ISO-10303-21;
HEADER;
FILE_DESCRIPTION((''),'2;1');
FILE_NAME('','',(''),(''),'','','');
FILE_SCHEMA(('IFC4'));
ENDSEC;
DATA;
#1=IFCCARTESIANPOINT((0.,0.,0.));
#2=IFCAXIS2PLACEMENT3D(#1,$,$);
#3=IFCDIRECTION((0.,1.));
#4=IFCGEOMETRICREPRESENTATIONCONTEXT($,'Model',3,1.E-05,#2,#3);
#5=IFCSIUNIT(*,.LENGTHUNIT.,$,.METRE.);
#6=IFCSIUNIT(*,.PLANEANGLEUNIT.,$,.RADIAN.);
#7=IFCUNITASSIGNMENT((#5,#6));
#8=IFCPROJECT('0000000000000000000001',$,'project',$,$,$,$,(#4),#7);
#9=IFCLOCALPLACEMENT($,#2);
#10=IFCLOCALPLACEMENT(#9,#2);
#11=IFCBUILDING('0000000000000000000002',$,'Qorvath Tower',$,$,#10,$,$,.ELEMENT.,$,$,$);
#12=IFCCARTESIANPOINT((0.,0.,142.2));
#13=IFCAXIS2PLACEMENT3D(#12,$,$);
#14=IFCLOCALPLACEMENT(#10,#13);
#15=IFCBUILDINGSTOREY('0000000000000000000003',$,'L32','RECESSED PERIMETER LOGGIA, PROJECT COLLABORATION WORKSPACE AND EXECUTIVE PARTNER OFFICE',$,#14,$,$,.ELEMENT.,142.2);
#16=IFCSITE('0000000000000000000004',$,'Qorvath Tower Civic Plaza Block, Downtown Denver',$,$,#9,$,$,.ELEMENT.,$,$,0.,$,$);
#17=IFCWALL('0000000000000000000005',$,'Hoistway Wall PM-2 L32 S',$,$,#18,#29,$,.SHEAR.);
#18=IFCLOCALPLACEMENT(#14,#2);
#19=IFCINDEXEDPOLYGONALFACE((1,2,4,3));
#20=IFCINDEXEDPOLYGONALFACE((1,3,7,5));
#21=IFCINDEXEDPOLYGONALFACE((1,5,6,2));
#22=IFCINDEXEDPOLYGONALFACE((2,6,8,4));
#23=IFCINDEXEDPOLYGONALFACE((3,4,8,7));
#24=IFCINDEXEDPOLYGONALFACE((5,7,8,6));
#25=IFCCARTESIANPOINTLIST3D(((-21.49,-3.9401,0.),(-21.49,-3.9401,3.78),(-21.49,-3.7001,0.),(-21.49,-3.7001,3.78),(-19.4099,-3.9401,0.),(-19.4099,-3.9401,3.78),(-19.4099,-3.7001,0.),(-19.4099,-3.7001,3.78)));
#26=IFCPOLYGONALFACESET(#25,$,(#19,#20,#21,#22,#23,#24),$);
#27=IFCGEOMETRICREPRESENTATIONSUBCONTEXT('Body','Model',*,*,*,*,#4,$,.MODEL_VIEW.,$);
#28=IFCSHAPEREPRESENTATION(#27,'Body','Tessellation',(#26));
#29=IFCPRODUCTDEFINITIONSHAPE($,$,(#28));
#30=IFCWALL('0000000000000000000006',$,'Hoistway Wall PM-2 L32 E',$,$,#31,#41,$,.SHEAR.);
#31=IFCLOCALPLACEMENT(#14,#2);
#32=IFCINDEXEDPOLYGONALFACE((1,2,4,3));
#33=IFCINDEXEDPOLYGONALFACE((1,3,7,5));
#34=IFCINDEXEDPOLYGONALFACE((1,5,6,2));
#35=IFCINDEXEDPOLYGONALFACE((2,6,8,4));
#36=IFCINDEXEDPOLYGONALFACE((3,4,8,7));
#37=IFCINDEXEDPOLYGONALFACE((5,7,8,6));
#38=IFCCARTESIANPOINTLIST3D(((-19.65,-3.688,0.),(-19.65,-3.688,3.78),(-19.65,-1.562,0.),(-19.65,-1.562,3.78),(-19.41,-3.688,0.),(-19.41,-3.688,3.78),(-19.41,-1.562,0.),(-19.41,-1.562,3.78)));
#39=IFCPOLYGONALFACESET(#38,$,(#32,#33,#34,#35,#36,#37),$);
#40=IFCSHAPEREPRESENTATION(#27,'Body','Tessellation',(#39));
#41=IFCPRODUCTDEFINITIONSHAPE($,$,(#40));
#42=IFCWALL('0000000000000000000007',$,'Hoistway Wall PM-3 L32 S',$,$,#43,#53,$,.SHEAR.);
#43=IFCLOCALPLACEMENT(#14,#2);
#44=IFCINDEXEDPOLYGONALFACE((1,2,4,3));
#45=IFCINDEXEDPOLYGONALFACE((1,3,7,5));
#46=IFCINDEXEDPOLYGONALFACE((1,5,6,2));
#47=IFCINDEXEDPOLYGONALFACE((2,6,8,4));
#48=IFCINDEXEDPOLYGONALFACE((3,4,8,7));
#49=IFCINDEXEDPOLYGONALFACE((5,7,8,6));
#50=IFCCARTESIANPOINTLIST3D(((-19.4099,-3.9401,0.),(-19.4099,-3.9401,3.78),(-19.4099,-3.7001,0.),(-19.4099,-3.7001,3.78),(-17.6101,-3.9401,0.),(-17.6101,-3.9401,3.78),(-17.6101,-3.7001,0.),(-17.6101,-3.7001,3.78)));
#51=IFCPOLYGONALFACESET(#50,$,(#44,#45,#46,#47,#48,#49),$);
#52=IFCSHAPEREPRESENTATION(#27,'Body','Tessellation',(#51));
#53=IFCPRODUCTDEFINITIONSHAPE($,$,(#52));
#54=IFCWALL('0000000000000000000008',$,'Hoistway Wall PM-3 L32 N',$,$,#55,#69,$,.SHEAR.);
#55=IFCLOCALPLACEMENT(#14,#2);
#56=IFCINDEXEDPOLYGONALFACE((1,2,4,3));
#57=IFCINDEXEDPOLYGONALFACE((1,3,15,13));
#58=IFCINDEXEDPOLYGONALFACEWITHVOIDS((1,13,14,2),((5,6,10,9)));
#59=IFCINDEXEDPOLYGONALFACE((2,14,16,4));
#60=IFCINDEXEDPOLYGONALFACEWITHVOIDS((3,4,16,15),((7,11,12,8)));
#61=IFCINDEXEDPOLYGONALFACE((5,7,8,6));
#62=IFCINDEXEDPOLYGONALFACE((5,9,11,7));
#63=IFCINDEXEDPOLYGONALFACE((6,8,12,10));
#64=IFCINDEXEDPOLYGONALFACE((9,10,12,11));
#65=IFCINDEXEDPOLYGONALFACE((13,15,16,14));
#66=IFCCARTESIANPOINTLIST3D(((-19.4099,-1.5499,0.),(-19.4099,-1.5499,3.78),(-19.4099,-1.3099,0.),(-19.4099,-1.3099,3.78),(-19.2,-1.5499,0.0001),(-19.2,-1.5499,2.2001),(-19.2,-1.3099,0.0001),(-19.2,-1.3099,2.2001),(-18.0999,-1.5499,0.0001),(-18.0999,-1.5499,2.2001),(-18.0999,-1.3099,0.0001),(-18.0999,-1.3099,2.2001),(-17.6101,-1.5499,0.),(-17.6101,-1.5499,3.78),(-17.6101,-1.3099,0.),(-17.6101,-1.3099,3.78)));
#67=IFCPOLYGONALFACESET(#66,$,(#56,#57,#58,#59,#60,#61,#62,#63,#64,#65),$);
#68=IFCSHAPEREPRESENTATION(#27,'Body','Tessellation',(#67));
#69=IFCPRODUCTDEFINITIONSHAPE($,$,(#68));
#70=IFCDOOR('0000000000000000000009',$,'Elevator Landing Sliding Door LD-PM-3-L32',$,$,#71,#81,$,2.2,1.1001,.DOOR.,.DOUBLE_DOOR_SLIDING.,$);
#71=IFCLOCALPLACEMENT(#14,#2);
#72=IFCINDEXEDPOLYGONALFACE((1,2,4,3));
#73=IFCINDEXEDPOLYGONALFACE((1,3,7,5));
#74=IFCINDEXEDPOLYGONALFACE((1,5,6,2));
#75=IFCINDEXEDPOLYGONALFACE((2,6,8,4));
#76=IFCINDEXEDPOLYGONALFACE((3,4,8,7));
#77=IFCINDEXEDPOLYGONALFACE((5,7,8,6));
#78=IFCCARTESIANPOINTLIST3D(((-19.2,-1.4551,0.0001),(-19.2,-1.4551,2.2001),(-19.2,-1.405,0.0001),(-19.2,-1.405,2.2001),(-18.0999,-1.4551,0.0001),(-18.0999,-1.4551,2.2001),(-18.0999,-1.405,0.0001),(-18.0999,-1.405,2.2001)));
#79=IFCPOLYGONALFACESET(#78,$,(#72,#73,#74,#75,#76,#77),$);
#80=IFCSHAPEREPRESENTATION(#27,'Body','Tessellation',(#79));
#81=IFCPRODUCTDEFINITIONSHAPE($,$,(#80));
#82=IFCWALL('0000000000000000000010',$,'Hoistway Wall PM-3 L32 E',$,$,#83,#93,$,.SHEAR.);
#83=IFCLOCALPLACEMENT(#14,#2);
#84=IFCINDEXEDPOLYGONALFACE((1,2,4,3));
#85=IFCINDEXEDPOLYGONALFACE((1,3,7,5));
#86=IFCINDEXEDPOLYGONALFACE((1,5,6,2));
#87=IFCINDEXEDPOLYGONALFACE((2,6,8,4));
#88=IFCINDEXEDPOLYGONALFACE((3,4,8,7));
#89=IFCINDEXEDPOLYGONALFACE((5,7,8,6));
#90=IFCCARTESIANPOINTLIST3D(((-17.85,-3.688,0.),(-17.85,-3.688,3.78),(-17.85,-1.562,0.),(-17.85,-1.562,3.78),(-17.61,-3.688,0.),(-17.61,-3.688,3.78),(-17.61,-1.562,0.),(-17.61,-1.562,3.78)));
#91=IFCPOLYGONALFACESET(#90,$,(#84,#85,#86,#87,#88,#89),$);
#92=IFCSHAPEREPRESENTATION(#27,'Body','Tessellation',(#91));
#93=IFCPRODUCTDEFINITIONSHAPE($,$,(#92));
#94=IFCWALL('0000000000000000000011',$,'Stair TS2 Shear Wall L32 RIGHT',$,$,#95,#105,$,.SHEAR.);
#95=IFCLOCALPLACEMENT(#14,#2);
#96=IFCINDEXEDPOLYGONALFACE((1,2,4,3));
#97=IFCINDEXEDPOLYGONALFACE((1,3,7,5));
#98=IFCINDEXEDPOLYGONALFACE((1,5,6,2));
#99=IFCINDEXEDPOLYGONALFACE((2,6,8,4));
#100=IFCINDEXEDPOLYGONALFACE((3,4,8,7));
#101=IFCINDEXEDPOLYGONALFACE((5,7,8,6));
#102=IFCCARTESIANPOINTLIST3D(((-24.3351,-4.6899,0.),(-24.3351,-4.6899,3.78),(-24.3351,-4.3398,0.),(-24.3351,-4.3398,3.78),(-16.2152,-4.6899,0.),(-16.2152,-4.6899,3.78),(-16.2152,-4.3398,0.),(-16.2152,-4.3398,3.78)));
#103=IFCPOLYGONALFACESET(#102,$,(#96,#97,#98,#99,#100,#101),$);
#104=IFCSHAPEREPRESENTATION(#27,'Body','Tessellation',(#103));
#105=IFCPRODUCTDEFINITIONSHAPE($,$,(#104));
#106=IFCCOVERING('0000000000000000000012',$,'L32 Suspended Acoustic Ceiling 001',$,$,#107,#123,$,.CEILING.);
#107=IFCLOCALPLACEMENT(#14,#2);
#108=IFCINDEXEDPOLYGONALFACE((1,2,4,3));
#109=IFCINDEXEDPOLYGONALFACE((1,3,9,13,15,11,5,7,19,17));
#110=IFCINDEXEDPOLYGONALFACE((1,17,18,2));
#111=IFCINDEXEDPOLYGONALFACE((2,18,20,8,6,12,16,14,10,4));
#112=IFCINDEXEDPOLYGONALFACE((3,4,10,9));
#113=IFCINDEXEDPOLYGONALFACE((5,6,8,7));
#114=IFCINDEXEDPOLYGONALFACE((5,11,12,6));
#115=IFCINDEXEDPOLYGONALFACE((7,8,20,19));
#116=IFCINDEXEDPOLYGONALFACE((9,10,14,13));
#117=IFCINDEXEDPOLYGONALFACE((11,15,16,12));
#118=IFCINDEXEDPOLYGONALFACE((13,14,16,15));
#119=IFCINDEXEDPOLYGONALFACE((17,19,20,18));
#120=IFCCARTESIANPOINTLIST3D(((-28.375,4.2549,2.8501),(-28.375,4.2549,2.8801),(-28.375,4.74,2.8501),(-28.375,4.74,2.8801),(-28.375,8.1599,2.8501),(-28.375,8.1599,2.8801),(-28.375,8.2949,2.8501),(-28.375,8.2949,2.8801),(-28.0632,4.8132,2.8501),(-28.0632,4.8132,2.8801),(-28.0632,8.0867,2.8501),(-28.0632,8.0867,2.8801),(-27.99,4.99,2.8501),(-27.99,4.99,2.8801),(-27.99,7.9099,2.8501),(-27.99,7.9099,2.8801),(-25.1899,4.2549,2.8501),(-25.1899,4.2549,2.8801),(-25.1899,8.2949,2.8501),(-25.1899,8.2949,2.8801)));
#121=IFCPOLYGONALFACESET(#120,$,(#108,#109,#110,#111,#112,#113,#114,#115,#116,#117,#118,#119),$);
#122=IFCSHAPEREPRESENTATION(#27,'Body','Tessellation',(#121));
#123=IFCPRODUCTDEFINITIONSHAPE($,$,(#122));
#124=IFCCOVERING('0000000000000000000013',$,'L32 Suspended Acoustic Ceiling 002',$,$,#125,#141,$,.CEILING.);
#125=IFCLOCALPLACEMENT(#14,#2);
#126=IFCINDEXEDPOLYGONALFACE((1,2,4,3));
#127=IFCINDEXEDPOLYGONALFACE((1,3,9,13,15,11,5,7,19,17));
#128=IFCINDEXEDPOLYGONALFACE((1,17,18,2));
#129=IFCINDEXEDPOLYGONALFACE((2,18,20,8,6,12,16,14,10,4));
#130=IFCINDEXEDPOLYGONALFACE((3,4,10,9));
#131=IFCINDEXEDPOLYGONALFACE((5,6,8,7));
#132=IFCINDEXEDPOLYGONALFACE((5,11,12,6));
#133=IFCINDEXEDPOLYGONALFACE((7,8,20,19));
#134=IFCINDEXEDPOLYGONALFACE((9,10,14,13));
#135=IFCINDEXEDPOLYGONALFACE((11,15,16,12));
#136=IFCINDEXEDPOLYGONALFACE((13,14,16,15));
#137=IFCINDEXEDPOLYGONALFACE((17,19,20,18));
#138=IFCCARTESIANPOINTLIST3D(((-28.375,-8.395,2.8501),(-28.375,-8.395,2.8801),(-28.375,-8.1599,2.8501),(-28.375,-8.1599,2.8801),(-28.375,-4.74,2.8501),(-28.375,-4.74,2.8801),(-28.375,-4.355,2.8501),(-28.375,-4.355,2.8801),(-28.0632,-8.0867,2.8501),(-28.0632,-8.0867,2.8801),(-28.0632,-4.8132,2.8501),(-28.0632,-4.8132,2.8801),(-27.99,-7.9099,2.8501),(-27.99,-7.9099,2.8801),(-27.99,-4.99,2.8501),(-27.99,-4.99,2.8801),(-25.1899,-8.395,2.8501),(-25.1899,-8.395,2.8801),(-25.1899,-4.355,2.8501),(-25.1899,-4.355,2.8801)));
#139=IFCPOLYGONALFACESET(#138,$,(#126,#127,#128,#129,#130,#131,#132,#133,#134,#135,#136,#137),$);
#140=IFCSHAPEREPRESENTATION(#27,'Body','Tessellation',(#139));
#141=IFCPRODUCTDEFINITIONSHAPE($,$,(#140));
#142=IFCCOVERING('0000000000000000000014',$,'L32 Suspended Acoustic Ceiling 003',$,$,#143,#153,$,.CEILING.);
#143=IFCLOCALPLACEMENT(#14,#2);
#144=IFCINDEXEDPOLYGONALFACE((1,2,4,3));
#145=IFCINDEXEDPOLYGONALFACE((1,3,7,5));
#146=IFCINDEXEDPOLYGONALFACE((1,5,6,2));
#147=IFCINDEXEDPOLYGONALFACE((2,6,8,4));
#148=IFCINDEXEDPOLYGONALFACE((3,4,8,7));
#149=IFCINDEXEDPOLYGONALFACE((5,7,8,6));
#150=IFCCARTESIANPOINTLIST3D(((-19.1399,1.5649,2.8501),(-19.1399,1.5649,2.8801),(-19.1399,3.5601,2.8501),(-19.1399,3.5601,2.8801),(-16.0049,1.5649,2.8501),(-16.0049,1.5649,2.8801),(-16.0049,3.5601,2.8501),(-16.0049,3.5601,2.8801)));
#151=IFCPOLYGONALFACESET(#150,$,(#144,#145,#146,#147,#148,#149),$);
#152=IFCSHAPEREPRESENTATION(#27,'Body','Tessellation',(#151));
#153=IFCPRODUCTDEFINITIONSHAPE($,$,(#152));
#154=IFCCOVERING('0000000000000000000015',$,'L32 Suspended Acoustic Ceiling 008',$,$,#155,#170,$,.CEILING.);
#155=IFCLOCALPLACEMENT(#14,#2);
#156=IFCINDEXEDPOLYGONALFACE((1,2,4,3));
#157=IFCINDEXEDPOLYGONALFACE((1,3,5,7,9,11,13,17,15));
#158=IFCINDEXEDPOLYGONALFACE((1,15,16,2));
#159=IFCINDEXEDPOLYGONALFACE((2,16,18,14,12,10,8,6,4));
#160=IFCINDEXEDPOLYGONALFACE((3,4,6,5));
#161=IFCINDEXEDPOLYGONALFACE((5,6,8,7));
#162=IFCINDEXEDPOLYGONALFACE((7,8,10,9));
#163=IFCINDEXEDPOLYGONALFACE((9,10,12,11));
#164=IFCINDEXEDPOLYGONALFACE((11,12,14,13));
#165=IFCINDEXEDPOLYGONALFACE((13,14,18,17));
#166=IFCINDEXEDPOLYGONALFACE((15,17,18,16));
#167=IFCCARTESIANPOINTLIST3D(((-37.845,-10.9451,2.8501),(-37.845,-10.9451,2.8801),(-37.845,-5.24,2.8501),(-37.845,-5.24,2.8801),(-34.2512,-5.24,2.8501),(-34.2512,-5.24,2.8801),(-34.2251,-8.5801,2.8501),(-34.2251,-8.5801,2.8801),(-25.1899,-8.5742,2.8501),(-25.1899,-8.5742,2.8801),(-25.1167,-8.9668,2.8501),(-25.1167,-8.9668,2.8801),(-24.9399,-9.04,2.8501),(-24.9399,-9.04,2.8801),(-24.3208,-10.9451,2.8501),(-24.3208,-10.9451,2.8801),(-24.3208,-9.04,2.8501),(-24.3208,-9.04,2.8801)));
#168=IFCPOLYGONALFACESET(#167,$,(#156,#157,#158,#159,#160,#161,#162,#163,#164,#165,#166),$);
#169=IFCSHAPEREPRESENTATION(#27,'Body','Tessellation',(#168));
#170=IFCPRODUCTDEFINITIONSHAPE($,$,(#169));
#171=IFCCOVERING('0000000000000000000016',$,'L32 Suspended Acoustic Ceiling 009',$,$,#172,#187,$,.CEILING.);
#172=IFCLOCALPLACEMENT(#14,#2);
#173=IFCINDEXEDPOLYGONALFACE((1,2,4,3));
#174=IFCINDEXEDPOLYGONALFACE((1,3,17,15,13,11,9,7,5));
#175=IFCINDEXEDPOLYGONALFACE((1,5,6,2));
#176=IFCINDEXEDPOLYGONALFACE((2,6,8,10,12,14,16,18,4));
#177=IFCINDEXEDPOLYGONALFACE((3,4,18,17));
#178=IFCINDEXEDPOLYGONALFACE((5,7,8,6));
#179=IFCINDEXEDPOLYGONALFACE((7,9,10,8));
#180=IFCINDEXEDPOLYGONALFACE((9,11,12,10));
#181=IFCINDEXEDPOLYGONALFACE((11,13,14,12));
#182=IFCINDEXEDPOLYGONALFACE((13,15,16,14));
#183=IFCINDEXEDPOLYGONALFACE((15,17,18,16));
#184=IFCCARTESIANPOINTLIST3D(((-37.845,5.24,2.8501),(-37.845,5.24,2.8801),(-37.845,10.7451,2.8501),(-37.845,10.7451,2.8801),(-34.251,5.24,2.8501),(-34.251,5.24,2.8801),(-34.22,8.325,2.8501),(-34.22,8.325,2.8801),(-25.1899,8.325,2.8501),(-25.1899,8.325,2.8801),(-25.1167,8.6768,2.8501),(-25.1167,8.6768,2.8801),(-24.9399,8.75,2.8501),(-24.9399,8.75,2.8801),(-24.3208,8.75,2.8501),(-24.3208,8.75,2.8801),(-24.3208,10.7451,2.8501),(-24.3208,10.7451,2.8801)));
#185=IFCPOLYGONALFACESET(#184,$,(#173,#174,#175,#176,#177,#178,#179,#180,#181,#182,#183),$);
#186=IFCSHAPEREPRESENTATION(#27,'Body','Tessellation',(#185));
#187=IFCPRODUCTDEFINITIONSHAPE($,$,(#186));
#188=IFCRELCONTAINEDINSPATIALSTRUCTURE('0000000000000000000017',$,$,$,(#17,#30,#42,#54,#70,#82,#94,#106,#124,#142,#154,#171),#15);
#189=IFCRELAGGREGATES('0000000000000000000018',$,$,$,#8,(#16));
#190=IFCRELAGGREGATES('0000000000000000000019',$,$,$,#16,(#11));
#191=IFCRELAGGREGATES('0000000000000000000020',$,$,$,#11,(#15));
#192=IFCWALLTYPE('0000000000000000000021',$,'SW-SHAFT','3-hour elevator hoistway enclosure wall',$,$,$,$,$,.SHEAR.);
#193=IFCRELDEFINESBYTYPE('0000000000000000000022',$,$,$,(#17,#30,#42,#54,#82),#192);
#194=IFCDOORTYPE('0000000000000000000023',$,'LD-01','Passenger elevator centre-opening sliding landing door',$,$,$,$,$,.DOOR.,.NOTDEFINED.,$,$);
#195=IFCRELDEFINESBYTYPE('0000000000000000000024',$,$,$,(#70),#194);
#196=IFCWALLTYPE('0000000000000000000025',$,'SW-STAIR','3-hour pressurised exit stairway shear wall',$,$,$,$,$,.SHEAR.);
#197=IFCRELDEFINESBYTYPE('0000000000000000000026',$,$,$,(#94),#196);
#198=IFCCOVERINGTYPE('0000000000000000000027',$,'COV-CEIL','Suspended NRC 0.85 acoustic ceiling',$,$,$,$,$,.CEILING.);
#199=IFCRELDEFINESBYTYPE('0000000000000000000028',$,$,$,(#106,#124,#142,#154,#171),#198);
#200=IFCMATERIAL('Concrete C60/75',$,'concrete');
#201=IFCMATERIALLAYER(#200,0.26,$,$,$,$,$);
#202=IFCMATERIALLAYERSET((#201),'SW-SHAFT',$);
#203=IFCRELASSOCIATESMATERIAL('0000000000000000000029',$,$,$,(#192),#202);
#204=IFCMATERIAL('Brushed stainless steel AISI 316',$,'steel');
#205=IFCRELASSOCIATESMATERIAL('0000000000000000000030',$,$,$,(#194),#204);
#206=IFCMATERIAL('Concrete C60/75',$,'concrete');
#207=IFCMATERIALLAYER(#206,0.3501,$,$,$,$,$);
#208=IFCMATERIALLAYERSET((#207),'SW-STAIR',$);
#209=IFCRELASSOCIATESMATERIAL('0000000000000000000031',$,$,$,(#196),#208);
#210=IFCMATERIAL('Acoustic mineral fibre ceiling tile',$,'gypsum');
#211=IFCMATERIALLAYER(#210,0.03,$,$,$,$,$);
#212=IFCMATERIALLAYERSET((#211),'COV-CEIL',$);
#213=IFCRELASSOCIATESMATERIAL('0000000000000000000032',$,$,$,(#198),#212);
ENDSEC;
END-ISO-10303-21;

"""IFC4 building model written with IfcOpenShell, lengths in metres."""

from ifc_helpers import new_model, si_unit, direction, frame, frame_2d, origin, place, context, subcontext, project, spatial, polyline, rectangle, outline, extrude, material, layer, layer_set, type_object, element, fill, save


model = new_model("IFC4")

# Units and contexts
model_context = context("Model", 3, precision=1e-05, world=origin(), true_north=direction((0.0, 1.0)))
body_context = subcontext(model_context, "Body", "Model", "MODEL_VIEW")
ifc_project = project(units=[si_unit("LENGTHUNIT", "METRE"), si_unit("PLANEANGLEUNIT", "RADIAN")], contexts=[model_context])

# Site, building, storey
site_placement = place(None, origin())
site = spatial("IfcSite", under=ifc_project, at=site_placement, Name="Qorvath Tower Civic Plaza Block, Downtown Denver", CompositionType="ELEMENT", RefElevation=0.0)
building_placement = place(site_placement, origin())
building = spatial("IfcBuilding", under=site, at=building_placement, Name="Qorvath Tower", CompositionType="ELEMENT")
storey_placement = place(building_placement, frame((0.0, 0.0, 142.2)))
storey = spatial("IfcBuildingStorey", under=building, at=storey_placement, Name="L32", Description="RECESSED PERIMETER LOGGIA, PROJECT COLLABORATION WORKSPACE AND EXECUTIVE PARTNER OFFICE", CompositionType="ELEMENT", Elevation=142.2)

# Walls
ifc_material_1 = material(Name="Concrete C60/75", Category="concrete")
ifc_layer_1 = layer(ifc_material_1, 0.26)
ifc_layer_set_1 = layer_set([ifc_layer_1], Name="SW-SHAFT")
wall_type_1 = type_object("IfcWallType", Name="SW-SHAFT", Description="3-hour elevator hoistway enclosure wall", PredefinedType="SHEAR", material=ifc_layer_set_1)
wall_1_placement = place(storey_placement, frame((-19.4099, -3.8201, 0.0), z_axis=(0.0, 0.0, 1.0), x_axis=(-1.0, 0.0, 0.0)))
element("IfcWall", 1, at=wall_1_placement, inside=storey, type_object=wall_type_1, Name="Hoistway Wall PM-2 L32 S", PredefinedType="SHEAR", context=body_context, shape_type="SweptSolid", body=[
    extrude(rectangle(XDim=2.0801, YDim=0.24, at=frame_2d((1.04, 0.0))), origin(), (0.0, 0.0, 1.0), 3.78),
])
wall_2_placement = place(storey_placement, frame((-19.53, -1.562, 0.0), z_axis=(0.0, 0.0, 1.0), x_axis=(0.0, -1.0, 0.0)))
element("IfcWall", 2, at=wall_2_placement, inside=storey, type_object=wall_type_1, Name="Hoistway Wall PM-2 L32 E", PredefinedType="SHEAR", context=body_context, shape_type="SweptSolid", body=[
    extrude(rectangle(XDim=2.126, YDim=0.24, at=frame_2d((1.063, 0.0))), origin(), (0.0, 0.0, 1.0), 3.78),
])
wall_3_placement = place(storey_placement, frame((-17.6101, -3.8201, 0.0), z_axis=(0.0, 0.0, 1.0), x_axis=(-1.0, 0.0, 0.0)))
element("IfcWall", 3, at=wall_3_placement, inside=storey, type_object=wall_type_1, Name="Hoistway Wall PM-3 L32 S", PredefinedType="SHEAR", context=body_context, shape_type="SweptSolid", body=[
    extrude(rectangle(XDim=1.7998, YDim=0.24, at=frame_2d((0.8999, 0.0))), origin(), (0.0, 0.0, 1.0), 3.78),
])

# Wall, opening, door
wall_4_placement = place(storey_placement, frame((-19.4099, -1.4299, 0.0), z_axis=(0.0, 0.0, 1.0), x_axis=(1.0, 0.0, 0.0)))
wall_4 = element("IfcWall", 4, at=wall_4_placement, inside=storey, type_object=wall_type_1, Name="Hoistway Wall PM-3 L32 N", PredefinedType="SHEAR", context=body_context, shape_type="SweptSolid", body=[
    extrude(rectangle(XDim=1.7998, YDim=0.24, at=frame_2d((0.8999, 0.0))), origin(), (0.0, 0.0, 1.0), 3.78),
])
opening_placement = place(wall_4_placement, frame((0.21, 0.0, 0.0)))
opening = element("IfcOpeningElement", 5, at=opening_placement, cuts=wall_4, PredefinedType="OPENING", context=body_context, shape_type="SweptSolid", body=[
    extrude(rectangle(XDim=1.1001, YDim=2.2, at=frame_2d((0.55, 1.1001))), frame((0.0, 0.1299, 0.0), z_axis=(0.0, -1.0, 0.0), x_axis=(1.0, 0.0, 0.0)), (0.0, 0.0, 1.0), 0.26),
])
ifc_material_2 = material(Name="Brushed stainless steel AISI 316", Category="steel")
door_type = type_object("IfcDoorType", Name="LD-01", Description="Passenger elevator centre-opening sliding landing door", OperationType="NOTDEFINED", PredefinedType="DOOR", material=ifc_material_2)
door_placement = place(opening_placement, origin())
door = element("IfcDoor", 6, at=door_placement, inside=storey, type_object=door_type, Name="Elevator Landing Sliding Door LD-PM-3-L32", OperationType="DOUBLE_DOOR_SLIDING", OverallHeight=2.2, OverallWidth=1.1001, PredefinedType="DOOR", context=body_context, shape_type="SweptSolid", body=[
    extrude(rectangle(XDim=1.1001, YDim=2.2, at=frame_2d((0.55, 1.1001))), frame((0.0, 0.0249, 0.0), z_axis=(0.0, -1.0, 0.0), x_axis=(1.0, 0.0, 0.0)), (0.0, 0.0, 1.0), 0.05),
])
fill(opening, door)

# Walls
wall_5_placement = place(storey_placement, frame((-17.73, -1.562, 0.0), z_axis=(0.0, 0.0, 1.0), x_axis=(0.0, -1.0, 0.0)))
element("IfcWall", 7, at=wall_5_placement, inside=storey, type_object=wall_type_1, Name="Hoistway Wall PM-3 L32 E", PredefinedType="SHEAR", context=body_context, shape_type="SweptSolid", body=[
    extrude(rectangle(XDim=2.126, YDim=0.24, at=frame_2d((1.063, 0.0))), origin(), (0.0, 0.0, 1.0), 3.78),
])
ifc_material_3 = material(Name="Concrete C60/75", Category="concrete")
ifc_layer_2 = layer(ifc_material_3, 0.3501)
ifc_layer_set_2 = layer_set([ifc_layer_2], Name="SW-STAIR")
wall_type_2 = type_object("IfcWallType", Name="SW-STAIR", Description="3-hour pressurised exit stairway shear wall", PredefinedType="SHEAR", material=ifc_layer_set_2)
wall_6_placement = place(storey_placement, frame((-16.2151, -4.5149, 0.0), z_axis=(0.0, 0.0, 1.0), x_axis=(-1.0, 0.0, 0.0)))
element("IfcWall", 8, at=wall_6_placement, inside=storey, type_object=wall_type_2, Name="Stair TS2 Shear Wall L32 RIGHT", PredefinedType="SHEAR", context=body_context, shape_type="SweptSolid", body=[
    extrude(rectangle(XDim=8.1199, YDim=0.3501, at=frame_2d((4.0601, 0.0))), origin(), (0.0, 0.0, 1.0), 3.78),
])

# Coverings
ifc_material_4 = material(Name="Acoustic mineral fibre ceiling tile", Category="gypsum")
ifc_layer_3 = layer(ifc_material_4, 0.03)
ifc_layer_set_3 = layer_set([ifc_layer_3], Name="COV-CEIL")
covering_type_1 = type_object("IfcCoveringType", Name="COV-CEIL", Description="Suspended NRC 0.85 acoustic ceiling", PredefinedType="CEILING", material=ifc_layer_set_3)
covering_1_placement = place(storey_placement, frame((0.0, 0.0, 2.8501)))
element("IfcCovering", 9, at=covering_1_placement, inside=storey, type_object=covering_type_1, Name="L32 Suspended Acoustic Ceiling 001", PredefinedType="CEILING", context=body_context, shape_type="SweptSolid", body=[
    extrude(outline(polyline([(-25.1899, 4.2549), (-25.1899, 8.2949), (-28.375, 8.2949), (-28.375, 8.1599), (-28.0632, 8.0867), (-27.99, 7.9099), (-27.99, 4.99), (-28.0632, 4.8132), (-28.375, 4.74), (-28.375, 4.2549), (-25.1899, 4.2549)])), origin(), (0.0, 0.0, 1.0), 0.03),
])
covering_2_placement = place(storey_placement, frame((0.0, 0.0, 2.8501)))
element("IfcCovering", 10, at=covering_2_placement, inside=storey, type_object=covering_type_1, Name="L32 Suspended Acoustic Ceiling 002", PredefinedType="CEILING", context=body_context, shape_type="SweptSolid", body=[
    extrude(outline(polyline([(-25.1899, -8.395), (-25.1899, -4.355), (-28.375, -4.355), (-28.375, -4.74), (-28.0632, -4.8132), (-27.99, -4.99), (-27.99, -7.9099), (-28.0632, -8.0867), (-28.375, -8.1599), (-28.375, -8.395), (-25.1899, -8.395)])), origin(), (0.0, 0.0, 1.0), 0.03),
])
covering_3_placement = place(storey_placement, frame((0.0, 0.0, 2.8501)))
element("IfcCovering", 11, at=covering_3_placement, inside=storey, type_object=covering_type_1, Name="L32 Suspended Acoustic Ceiling 003", PredefinedType="CEILING", context=body_context, shape_type="SweptSolid", body=[
    extrude(outline(polyline([(-16.0049, 3.5601), (-19.1399, 3.5601), (-19.1399, 1.5649), (-16.0049, 1.5649), (-16.0049, 3.5601)])), origin(), (0.0, 0.0, 1.0), 0.03),
])
covering_4_placement = place(storey_placement, frame((0.0, 0.0, 2.8501)))
element("IfcCovering", 12, at=covering_4_placement, inside=storey, type_object=covering_type_1, Name="L32 Suspended Acoustic Ceiling 008", PredefinedType="CEILING", context=body_context, shape_type="SweptSolid", body=[
    extrude(outline(polyline([(-34.2251, -8.5801), (-34.2512, -5.24), (-37.845, -5.24), (-37.845, -10.9451), (-24.3208, -10.9451), (-24.3208, -9.04), (-24.9399, -9.04), (-25.1167, -8.9668), (-25.1899, -8.5742), (-34.2251, -8.5801)])), origin(), (0.0, 0.0, 1.0), 0.03),
])
covering_5_placement = place(storey_placement, frame((0.0, 0.0, 2.8501)))
element("IfcCovering", 13, at=covering_5_placement, inside=storey, type_object=covering_type_1, Name="L32 Suspended Acoustic Ceiling 009", PredefinedType="CEILING", context=body_context, shape_type="SweptSolid", body=[
    extrude(outline(polyline([(-24.3208, 8.75), (-24.3208, 10.7451), (-37.845, 10.7451), (-37.845, 5.24), (-34.251, 5.24), (-34.22, 8.325), (-25.1899, 8.325), (-25.1167, 8.6768), (-24.9399, 8.75), (-24.3208, 8.75)])), origin(), (0.0, 0.0, 1.0), 0.03),
])

save(model, "model.ifc")
